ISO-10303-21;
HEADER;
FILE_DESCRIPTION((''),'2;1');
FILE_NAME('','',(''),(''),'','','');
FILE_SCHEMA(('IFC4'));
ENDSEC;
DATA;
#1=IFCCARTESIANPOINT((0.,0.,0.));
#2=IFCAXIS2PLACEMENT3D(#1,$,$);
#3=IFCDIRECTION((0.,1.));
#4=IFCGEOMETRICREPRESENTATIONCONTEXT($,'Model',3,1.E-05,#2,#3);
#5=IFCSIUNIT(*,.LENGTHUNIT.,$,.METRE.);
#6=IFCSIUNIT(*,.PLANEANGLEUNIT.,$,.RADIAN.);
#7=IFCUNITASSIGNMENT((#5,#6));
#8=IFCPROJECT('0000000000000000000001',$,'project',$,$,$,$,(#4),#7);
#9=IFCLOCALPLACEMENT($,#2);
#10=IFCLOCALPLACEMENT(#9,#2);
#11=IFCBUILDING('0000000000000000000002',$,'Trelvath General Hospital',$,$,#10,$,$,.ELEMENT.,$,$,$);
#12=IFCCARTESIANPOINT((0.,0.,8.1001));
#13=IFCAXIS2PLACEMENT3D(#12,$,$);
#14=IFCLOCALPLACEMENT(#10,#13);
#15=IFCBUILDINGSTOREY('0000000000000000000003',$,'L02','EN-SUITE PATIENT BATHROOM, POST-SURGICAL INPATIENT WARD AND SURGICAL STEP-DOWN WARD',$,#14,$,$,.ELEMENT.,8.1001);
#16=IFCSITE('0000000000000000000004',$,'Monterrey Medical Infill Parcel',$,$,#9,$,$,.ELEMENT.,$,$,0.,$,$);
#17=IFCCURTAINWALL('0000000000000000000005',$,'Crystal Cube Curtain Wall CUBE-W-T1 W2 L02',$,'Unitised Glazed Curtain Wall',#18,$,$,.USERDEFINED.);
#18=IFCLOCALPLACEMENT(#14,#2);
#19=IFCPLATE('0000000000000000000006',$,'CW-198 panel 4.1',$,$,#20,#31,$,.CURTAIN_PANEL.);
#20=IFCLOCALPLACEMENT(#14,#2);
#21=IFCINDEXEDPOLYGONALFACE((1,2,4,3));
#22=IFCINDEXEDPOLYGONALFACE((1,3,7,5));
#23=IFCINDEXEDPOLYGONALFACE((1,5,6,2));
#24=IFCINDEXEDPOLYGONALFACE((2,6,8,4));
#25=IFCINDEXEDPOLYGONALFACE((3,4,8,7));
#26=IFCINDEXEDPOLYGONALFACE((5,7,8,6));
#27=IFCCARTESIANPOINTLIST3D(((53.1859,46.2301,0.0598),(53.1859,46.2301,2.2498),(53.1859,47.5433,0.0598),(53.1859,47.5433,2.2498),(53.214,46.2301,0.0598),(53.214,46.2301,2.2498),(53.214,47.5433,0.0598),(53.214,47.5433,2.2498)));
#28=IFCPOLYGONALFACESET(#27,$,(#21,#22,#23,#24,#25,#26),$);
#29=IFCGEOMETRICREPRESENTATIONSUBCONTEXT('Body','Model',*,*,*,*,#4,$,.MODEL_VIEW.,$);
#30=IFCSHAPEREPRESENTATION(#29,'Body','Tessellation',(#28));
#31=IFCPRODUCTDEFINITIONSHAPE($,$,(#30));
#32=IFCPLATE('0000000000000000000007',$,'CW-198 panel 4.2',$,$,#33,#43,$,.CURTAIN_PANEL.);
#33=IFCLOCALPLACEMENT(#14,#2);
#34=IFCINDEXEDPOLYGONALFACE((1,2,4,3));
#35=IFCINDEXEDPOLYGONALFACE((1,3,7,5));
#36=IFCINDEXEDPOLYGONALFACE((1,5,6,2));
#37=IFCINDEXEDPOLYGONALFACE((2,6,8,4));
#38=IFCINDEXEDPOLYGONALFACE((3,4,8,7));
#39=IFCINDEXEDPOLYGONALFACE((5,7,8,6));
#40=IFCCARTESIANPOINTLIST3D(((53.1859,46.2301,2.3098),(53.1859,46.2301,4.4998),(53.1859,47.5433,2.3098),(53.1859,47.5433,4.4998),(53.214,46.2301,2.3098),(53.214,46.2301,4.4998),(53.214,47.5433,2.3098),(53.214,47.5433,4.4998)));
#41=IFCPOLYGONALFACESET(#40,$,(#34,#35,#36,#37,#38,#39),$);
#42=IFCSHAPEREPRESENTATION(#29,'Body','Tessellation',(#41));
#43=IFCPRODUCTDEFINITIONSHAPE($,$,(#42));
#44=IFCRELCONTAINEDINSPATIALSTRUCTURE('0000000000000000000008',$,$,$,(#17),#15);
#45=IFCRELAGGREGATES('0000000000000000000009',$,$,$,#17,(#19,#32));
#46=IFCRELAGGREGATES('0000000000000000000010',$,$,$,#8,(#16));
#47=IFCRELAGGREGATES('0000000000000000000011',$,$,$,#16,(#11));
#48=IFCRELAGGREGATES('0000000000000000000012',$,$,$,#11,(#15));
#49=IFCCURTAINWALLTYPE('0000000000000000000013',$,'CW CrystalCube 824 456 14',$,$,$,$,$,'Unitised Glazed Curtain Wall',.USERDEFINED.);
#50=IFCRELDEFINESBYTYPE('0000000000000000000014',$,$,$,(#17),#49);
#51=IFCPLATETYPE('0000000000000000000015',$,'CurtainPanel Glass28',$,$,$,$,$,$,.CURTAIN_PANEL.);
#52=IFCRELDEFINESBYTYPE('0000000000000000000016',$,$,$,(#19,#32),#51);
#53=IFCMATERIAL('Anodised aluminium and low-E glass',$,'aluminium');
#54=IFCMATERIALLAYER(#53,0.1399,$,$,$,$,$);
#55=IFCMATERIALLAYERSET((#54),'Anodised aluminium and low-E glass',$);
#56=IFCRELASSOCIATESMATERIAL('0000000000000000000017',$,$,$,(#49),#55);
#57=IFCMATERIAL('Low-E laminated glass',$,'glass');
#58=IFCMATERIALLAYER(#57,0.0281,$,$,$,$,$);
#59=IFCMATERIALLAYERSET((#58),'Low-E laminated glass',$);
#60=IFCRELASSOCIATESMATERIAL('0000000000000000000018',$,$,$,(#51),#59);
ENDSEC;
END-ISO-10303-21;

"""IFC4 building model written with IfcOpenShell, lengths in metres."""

from ifc_helpers import new_model, si_unit, direction, frame, origin, origin_2d, place, context, subcontext, project, spatial, rectangle, extrude, material, layer, layer_set, type_object, element, aggregate, save


model = new_model("IFC4")

# Units and contexts
model_context = context("Model", 3, precision=1e-05, world=origin(), true_north=direction((0.0, 1.0)))
body_context = subcontext(model_context, "Body", "Model", "MODEL_VIEW")
ifc_project = project(units=[si_unit("LENGTHUNIT", "METRE"), si_unit("PLANEANGLEUNIT", "RADIAN")], contexts=[model_context])

# Site, building, storey
site_placement = place(None, origin())
site = spatial("IfcSite", under=ifc_project, at=site_placement, Name="Monterrey Medical Infill Parcel", CompositionType="ELEMENT", RefElevation=0.0)
building_placement = place(site_placement, origin())
building = spatial("IfcBuilding", under=site, at=building_placement, Name="Trelvath General Hospital", CompositionType="ELEMENT")
storey_placement = place(building_placement, frame((0.0, 0.0, 8.1001)))
storey = spatial("IfcBuildingStorey", under=building, at=storey_placement, Name="L02", Description="EN-SUITE PATIENT BATHROOM, POST-SURGICAL INPATIENT WARD AND SURGICAL STEP-DOWN WARD", CompositionType="ELEMENT", Elevation=8.1001)

# Curtain wall
ifc_material_1 = material(Name="Anodised aluminium and low-E glass", Category="aluminium")
ifc_layer_1 = layer(ifc_material_1, 0.1399)
ifc_layer_set_1 = layer_set([ifc_layer_1], Name="Anodised aluminium and low-E glass")
curtain_wall_type_1 = type_object("IfcCurtainWallType", Name="CW CrystalCube 824 456 14", ElementType="Unitised Glazed Curtain Wall", PredefinedType="USERDEFINED", material=ifc_layer_set_1)
curtain_wall_1_placement = place(storey_placement, origin())
curtain_wall_1 = element("IfcCurtainWall", 1, at=curtain_wall_1_placement, inside=storey, type_object=curtain_wall_type_1, Name="Crystal Cube Curtain Wall CUBE-W-T1 W2 L02", ObjectType="Unitised Glazed Curtain Wall", PredefinedType="USERDEFINED")

# Plates
ifc_material_2 = material(Name="Low-E laminated glass", Category="glass")
ifc_layer_2 = layer(ifc_material_2, 0.0281)
ifc_layer_set_2 = layer_set([ifc_layer_2], Name="Low-E laminated glass")
plate_type = type_object("IfcPlateType", Name="CurtainPanel Glass28", PredefinedType="CURTAIN_PANEL", material=ifc_layer_set_2)
plate_1_placement = place(storey_placement, frame((53.2, 46.8867, 0.0598), z_axis=(0.0, 0.0, 1.0), x_axis=(0.0, 1.0, 0.0)))
plate_1 = element("IfcPlate", 2, at=plate_1_placement, type_object=plate_type, Name="CW-198 panel 4.1", PredefinedType="CURTAIN_PANEL", context=body_context, shape_type="SweptSolid", body=[
    extrude(rectangle(XDim=1.3132, YDim=0.0281, at=origin_2d()), origin(), (0.0, 0.0, 1.0), 2.1899),
])
plate_2_placement = place(storey_placement, frame((53.2, 46.8867, 2.3098), z_axis=(0.0, 0.0, 1.0), x_axis=(0.0, 1.0, 0.0)))
plate_2 = element("IfcPlate", 3, at=plate_2_placement, type_object=plate_type, Name="CW-198 panel 4.2", PredefinedType="CURTAIN_PANEL", context=body_context, shape_type="SweptSolid", body=[
    extrude(rectangle(XDim=1.3132, YDim=0.0281, at=origin_2d()), origin(), (0.0, 0.0, 1.0), 2.1899),
])
aggregate(curtain_wall_1, [plate_1, plate_2])

save(model, "model.ifc")
